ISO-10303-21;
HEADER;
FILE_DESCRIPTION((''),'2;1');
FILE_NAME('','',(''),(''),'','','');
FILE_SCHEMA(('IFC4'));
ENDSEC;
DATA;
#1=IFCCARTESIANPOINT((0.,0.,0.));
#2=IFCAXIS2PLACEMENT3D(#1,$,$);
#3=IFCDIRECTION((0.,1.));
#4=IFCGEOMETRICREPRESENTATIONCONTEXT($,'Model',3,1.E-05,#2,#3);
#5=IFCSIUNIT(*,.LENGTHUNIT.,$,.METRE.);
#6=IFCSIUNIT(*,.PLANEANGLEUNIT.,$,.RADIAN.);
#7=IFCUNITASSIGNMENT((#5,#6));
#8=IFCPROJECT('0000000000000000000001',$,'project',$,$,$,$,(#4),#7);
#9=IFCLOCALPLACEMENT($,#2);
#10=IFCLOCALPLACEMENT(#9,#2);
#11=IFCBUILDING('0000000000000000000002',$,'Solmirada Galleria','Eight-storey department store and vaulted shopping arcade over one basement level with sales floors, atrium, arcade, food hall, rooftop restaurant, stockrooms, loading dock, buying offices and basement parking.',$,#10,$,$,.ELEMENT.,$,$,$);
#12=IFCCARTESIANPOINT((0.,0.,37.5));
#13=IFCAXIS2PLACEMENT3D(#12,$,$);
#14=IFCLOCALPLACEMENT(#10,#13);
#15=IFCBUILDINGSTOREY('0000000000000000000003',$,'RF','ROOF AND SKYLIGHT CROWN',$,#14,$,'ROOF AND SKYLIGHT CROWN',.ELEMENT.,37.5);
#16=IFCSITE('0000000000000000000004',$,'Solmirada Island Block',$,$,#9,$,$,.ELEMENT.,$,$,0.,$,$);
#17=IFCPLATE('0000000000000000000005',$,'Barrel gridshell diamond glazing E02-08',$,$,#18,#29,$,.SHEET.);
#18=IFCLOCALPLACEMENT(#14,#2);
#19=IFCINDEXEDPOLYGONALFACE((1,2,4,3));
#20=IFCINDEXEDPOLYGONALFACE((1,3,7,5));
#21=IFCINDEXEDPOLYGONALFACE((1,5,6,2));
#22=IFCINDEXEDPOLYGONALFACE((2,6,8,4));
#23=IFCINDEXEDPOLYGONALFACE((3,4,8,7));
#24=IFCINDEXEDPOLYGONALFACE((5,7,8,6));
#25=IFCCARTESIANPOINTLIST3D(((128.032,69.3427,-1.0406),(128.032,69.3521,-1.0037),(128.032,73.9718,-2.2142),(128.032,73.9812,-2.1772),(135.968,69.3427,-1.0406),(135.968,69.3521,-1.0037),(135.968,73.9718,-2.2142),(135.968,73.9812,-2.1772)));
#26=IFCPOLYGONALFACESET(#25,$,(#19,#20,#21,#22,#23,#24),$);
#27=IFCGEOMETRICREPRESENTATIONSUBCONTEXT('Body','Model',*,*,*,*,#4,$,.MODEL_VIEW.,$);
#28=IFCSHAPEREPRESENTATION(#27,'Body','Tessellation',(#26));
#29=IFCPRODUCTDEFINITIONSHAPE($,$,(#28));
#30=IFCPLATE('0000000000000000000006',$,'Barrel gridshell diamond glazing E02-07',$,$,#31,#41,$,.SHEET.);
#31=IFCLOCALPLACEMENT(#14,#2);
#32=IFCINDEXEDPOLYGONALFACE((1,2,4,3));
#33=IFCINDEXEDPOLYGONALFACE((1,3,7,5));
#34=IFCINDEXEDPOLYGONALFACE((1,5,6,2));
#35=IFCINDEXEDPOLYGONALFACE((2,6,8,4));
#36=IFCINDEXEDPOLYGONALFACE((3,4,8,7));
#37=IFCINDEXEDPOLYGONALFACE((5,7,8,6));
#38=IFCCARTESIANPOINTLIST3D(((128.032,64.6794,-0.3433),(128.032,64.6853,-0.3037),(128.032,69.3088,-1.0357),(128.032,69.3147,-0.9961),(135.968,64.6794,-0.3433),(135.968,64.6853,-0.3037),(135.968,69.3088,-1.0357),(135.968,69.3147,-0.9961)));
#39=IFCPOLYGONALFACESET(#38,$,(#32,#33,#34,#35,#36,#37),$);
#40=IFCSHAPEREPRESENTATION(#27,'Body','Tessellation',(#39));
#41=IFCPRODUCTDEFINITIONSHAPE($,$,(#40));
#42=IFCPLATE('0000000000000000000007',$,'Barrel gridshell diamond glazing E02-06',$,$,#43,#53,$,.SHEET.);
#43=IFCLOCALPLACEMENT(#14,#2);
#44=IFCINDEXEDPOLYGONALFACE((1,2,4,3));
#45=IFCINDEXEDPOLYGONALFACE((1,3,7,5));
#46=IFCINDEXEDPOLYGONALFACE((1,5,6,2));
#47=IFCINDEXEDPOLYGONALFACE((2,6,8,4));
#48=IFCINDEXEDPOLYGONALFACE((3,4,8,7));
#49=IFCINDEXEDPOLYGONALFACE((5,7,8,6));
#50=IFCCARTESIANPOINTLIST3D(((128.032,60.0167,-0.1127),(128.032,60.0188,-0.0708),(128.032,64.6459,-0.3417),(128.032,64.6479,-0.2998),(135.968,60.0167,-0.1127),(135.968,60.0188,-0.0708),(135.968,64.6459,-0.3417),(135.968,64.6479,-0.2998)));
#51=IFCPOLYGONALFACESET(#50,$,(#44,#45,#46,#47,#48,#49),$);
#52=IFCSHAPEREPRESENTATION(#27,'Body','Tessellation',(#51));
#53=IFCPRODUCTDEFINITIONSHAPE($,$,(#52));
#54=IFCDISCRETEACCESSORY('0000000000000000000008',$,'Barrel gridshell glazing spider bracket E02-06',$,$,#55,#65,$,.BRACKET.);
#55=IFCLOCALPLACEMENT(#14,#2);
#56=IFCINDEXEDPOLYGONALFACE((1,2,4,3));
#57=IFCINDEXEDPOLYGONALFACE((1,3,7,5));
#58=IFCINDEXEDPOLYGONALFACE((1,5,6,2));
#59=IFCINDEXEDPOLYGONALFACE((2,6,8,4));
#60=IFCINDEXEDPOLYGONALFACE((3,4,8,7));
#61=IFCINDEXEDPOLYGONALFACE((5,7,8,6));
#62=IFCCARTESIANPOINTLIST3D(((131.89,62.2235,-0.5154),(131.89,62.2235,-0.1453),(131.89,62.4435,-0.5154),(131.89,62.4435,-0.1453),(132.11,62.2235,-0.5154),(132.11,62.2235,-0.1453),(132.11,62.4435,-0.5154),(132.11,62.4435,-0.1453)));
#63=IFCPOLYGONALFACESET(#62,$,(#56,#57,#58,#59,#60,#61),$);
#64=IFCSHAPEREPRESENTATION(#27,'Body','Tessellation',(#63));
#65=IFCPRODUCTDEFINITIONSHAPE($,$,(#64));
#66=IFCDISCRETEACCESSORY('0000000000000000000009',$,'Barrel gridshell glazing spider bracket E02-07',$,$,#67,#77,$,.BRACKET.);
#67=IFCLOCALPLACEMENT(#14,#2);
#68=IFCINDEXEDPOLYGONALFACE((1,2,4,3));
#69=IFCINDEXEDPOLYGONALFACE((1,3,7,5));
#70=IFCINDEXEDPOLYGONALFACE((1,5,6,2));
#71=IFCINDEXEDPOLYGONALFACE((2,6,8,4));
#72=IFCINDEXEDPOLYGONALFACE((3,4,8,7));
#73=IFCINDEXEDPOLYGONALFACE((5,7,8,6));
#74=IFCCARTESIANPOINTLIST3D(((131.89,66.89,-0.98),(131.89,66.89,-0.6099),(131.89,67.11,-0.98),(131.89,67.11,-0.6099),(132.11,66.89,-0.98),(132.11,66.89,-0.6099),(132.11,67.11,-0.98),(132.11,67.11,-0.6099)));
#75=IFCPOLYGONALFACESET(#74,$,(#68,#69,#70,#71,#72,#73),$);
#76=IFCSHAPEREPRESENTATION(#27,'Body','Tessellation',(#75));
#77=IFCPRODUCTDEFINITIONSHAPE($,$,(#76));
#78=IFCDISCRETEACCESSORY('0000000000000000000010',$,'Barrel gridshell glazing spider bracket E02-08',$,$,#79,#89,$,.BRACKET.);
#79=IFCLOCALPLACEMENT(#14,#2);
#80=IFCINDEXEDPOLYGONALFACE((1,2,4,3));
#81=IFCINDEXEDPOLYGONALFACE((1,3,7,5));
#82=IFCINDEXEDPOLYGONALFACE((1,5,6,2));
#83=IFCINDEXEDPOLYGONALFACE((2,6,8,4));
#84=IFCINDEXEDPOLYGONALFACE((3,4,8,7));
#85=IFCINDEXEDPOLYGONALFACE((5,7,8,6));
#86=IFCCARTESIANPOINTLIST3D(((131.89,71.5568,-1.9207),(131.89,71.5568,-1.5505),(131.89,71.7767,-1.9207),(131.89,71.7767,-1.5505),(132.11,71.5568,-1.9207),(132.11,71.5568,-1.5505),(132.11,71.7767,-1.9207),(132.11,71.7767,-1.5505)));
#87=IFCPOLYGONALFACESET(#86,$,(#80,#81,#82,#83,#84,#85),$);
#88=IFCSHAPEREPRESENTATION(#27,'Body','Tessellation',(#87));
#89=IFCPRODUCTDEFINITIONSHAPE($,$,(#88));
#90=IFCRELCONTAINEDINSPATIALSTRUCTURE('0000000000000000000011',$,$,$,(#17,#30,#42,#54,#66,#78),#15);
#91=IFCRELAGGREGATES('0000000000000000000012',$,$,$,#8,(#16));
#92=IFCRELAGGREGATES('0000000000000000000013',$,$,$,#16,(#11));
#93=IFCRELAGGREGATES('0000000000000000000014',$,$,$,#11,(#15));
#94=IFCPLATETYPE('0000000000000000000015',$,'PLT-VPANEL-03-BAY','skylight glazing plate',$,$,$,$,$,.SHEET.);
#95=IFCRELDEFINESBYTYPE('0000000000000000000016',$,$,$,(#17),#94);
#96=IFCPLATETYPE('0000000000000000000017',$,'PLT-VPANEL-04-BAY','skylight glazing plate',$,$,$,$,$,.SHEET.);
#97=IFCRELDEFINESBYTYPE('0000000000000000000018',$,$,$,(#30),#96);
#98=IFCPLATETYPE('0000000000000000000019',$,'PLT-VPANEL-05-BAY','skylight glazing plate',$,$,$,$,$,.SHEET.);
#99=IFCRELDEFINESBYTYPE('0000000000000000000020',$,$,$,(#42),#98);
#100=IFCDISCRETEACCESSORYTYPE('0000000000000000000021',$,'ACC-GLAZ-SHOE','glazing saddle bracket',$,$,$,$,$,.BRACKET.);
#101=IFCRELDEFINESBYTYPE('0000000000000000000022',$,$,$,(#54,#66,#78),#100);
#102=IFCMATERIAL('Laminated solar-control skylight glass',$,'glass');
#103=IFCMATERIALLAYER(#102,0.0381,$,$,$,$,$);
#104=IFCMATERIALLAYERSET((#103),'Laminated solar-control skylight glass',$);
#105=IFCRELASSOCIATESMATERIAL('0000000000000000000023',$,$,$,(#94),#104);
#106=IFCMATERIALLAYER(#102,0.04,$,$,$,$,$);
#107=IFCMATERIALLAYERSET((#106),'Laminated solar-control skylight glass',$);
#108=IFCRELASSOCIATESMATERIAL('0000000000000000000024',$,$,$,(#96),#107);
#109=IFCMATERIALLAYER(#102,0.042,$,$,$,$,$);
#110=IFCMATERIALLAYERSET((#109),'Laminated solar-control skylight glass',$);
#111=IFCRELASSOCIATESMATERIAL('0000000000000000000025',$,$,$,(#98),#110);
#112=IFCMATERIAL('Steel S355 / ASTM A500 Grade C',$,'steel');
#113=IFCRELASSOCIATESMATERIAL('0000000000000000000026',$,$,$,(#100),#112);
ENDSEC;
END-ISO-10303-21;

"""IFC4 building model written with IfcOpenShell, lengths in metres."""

from ifc_helpers import new_model, si_unit, direction, frame, origin, origin_2d, place, context, subcontext, project, spatial, polyline, rectangle, outline, extrude, material, layer, layer_set, type_object, element, save


model = new_model("IFC4")

# Units and contexts
model_context = context("Model", 3, precision=1e-05, world=origin(), true_north=direction((0.0, 1.0)))
body_context = subcontext(model_context, "Body", "Model", "MODEL_VIEW")
ifc_project = project(units=[si_unit("LENGTHUNIT", "METRE"), si_unit("PLANEANGLEUNIT", "RADIAN")], contexts=[model_context])

# Site, building, storey
site_placement = place(None, origin())
site = spatial("IfcSite", under=ifc_project, at=site_placement, Name="Solmirada Island Block", CompositionType="ELEMENT", RefElevation=0.0)
building_placement = place(site_placement, origin())
building = spatial("IfcBuilding", under=site, at=building_placement, Name="Solmirada Galleria", Description="Eight-storey department store and vaulted shopping arcade over one basement level with sales floors, atrium, arcade, food hall, rooftop restaurant, stockrooms, loading dock, buying offices and basement parking.", CompositionType="ELEMENT")
storey_placement = place(building_placement, frame((0.0, 0.0, 37.5)))
storey = spatial("IfcBuildingStorey", under=building, at=storey_placement, Name="RF", Description="ROOF AND SKYLIGHT CROWN", LongName="ROOF AND SKYLIGHT CROWN", CompositionType="ELEMENT", Elevation=37.5)

# Shared definitions
ifc_material_1 = material(Name="Steel S355 / ASTM A500 Grade C", Category="steel")

# Plates
ifc_material_2 = material(Name="Laminated solar-control skylight glass", Category="glass")
ifc_layer_1 = layer(ifc_material_2, 0.0381)
ifc_layer_set_1 = layer_set([ifc_layer_1], Name="Laminated solar-control skylight glass")
plate_type_1 = type_object("IfcPlateType", Name="PLT-VPANEL-03-BAY", Description="skylight glazing plate", PredefinedType="SHEET", material=ifc_layer_set_1)
plate_1_placement = place(storey_placement, frame((128.032, 69.3521, -1.0037), z_axis=(0.0, 0.245746, 0.969334), x_axis=(1.0, 0.0, 0.0)))
element("IfcPlate", 1, at=plate_1_placement, inside=storey, type_object=plate_type_1, Name="Barrel gridshell diamond glazing E02-08", PredefinedType="SHEET", context=body_context, shape_type="SweptSolid", body=[
    extrude(outline(polyline([(0.0, 0.0), (7.936, 0.0), (7.936, 4.7756), (0.0, 4.7756), (0.0, 0.0)])), origin(), (0.0, 0.0, -1.0), 0.0381),
])
ifc_layer_2 = layer(ifc_material_2, 0.04)
ifc_layer_set_2 = layer_set([ifc_layer_2], Name="Laminated solar-control skylight glass")
plate_type_2 = type_object("IfcPlateType", Name="PLT-VPANEL-04-BAY", Description="skylight glazing plate", PredefinedType="SHEET", material=ifc_layer_set_2)
plate_2_placement = place(storey_placement, frame((128.032, 64.6853, -0.3037), z_axis=(0.0, 0.147917, 0.989), x_axis=(1.0, 0.0, 0.0)))
element("IfcPlate", 2, at=plate_2_placement, inside=storey, type_object=plate_type_2, Name="Barrel gridshell diamond glazing E02-07", PredefinedType="SHEET", context=body_context, shape_type="SweptSolid", body=[
    extrude(outline(polyline([(0.0, 0.0), (7.936, 0.0), (7.936, 4.6809), (0.0, 4.6809), (0.0, 0.0)])), origin(), (0.0, 0.0, -1.0), 0.04),
])
ifc_layer_3 = layer(ifc_material_2, 0.042)
ifc_layer_set_3 = layer_set([ifc_layer_3], Name="Laminated solar-control skylight glass")
plate_type_3 = type_object("IfcPlateType", Name="PLT-VPANEL-05-BAY", Description="skylight glazing plate", PredefinedType="SHEET", material=ifc_layer_set_3)
plate_3_placement = place(storey_placement, frame((128.032, 60.0188, -0.0708), z_axis=(0.0, 0.04941, 0.998779), x_axis=(1.0, 0.0, 0.0)))
element("IfcPlate", 3, at=plate_3_placement, inside=storey, type_object=plate_type_3, Name="Barrel gridshell diamond glazing E02-06", PredefinedType="SHEET", context=body_context, shape_type="SweptSolid", body=[
    extrude(outline(polyline([(0.0, 0.0), (7.936, 0.0), (7.936, 4.6348), (0.0, 4.6348), (0.0, 0.0)])), origin(), (0.0, 0.0, -1.0), 0.042),
])

# Discrete accessories
discrete_accessory_type = type_object("IfcDiscreteAccessoryType", Name="ACC-GLAZ-SHOE", Description="glazing saddle bracket", PredefinedType="BRACKET", material=ifc_material_1)
for number, where, z_axis, x_axis, name in (
    (4, (132.0, 62.3335, -0.5154), (0.0, 0.0, 1.0), (1.0, 0.0, 0.0), "Barrel gridshell glazing spider bracket E02-06"),
    (5, (132.0, 67.0, -0.98), (0.0, 0.0, 1.0), (1.0, 0.0, 0.0), "Barrel gridshell glazing spider bracket E02-07"),
    (6, (132.0, 71.6667, -1.9207), (0.0, 0.0, 1.0), (1.0, 0.0, 0.0), "Barrel gridshell glazing spider bracket E02-08"),
):
    element("IfcDiscreteAccessory", number, at=place(storey_placement, frame(where, z_axis=z_axis, x_axis=x_axis)), inside=storey, type_object=discrete_accessory_type, Name=name, PredefinedType="BRACKET", context=body_context, shape_type="SweptSolid", body=[
        extrude(rectangle(XDim=0.22, YDim=0.22, at=origin_2d()), origin(), (0.0, 0.0, 1.0), 0.3701),
    ])

save(model, "model.ifc")
